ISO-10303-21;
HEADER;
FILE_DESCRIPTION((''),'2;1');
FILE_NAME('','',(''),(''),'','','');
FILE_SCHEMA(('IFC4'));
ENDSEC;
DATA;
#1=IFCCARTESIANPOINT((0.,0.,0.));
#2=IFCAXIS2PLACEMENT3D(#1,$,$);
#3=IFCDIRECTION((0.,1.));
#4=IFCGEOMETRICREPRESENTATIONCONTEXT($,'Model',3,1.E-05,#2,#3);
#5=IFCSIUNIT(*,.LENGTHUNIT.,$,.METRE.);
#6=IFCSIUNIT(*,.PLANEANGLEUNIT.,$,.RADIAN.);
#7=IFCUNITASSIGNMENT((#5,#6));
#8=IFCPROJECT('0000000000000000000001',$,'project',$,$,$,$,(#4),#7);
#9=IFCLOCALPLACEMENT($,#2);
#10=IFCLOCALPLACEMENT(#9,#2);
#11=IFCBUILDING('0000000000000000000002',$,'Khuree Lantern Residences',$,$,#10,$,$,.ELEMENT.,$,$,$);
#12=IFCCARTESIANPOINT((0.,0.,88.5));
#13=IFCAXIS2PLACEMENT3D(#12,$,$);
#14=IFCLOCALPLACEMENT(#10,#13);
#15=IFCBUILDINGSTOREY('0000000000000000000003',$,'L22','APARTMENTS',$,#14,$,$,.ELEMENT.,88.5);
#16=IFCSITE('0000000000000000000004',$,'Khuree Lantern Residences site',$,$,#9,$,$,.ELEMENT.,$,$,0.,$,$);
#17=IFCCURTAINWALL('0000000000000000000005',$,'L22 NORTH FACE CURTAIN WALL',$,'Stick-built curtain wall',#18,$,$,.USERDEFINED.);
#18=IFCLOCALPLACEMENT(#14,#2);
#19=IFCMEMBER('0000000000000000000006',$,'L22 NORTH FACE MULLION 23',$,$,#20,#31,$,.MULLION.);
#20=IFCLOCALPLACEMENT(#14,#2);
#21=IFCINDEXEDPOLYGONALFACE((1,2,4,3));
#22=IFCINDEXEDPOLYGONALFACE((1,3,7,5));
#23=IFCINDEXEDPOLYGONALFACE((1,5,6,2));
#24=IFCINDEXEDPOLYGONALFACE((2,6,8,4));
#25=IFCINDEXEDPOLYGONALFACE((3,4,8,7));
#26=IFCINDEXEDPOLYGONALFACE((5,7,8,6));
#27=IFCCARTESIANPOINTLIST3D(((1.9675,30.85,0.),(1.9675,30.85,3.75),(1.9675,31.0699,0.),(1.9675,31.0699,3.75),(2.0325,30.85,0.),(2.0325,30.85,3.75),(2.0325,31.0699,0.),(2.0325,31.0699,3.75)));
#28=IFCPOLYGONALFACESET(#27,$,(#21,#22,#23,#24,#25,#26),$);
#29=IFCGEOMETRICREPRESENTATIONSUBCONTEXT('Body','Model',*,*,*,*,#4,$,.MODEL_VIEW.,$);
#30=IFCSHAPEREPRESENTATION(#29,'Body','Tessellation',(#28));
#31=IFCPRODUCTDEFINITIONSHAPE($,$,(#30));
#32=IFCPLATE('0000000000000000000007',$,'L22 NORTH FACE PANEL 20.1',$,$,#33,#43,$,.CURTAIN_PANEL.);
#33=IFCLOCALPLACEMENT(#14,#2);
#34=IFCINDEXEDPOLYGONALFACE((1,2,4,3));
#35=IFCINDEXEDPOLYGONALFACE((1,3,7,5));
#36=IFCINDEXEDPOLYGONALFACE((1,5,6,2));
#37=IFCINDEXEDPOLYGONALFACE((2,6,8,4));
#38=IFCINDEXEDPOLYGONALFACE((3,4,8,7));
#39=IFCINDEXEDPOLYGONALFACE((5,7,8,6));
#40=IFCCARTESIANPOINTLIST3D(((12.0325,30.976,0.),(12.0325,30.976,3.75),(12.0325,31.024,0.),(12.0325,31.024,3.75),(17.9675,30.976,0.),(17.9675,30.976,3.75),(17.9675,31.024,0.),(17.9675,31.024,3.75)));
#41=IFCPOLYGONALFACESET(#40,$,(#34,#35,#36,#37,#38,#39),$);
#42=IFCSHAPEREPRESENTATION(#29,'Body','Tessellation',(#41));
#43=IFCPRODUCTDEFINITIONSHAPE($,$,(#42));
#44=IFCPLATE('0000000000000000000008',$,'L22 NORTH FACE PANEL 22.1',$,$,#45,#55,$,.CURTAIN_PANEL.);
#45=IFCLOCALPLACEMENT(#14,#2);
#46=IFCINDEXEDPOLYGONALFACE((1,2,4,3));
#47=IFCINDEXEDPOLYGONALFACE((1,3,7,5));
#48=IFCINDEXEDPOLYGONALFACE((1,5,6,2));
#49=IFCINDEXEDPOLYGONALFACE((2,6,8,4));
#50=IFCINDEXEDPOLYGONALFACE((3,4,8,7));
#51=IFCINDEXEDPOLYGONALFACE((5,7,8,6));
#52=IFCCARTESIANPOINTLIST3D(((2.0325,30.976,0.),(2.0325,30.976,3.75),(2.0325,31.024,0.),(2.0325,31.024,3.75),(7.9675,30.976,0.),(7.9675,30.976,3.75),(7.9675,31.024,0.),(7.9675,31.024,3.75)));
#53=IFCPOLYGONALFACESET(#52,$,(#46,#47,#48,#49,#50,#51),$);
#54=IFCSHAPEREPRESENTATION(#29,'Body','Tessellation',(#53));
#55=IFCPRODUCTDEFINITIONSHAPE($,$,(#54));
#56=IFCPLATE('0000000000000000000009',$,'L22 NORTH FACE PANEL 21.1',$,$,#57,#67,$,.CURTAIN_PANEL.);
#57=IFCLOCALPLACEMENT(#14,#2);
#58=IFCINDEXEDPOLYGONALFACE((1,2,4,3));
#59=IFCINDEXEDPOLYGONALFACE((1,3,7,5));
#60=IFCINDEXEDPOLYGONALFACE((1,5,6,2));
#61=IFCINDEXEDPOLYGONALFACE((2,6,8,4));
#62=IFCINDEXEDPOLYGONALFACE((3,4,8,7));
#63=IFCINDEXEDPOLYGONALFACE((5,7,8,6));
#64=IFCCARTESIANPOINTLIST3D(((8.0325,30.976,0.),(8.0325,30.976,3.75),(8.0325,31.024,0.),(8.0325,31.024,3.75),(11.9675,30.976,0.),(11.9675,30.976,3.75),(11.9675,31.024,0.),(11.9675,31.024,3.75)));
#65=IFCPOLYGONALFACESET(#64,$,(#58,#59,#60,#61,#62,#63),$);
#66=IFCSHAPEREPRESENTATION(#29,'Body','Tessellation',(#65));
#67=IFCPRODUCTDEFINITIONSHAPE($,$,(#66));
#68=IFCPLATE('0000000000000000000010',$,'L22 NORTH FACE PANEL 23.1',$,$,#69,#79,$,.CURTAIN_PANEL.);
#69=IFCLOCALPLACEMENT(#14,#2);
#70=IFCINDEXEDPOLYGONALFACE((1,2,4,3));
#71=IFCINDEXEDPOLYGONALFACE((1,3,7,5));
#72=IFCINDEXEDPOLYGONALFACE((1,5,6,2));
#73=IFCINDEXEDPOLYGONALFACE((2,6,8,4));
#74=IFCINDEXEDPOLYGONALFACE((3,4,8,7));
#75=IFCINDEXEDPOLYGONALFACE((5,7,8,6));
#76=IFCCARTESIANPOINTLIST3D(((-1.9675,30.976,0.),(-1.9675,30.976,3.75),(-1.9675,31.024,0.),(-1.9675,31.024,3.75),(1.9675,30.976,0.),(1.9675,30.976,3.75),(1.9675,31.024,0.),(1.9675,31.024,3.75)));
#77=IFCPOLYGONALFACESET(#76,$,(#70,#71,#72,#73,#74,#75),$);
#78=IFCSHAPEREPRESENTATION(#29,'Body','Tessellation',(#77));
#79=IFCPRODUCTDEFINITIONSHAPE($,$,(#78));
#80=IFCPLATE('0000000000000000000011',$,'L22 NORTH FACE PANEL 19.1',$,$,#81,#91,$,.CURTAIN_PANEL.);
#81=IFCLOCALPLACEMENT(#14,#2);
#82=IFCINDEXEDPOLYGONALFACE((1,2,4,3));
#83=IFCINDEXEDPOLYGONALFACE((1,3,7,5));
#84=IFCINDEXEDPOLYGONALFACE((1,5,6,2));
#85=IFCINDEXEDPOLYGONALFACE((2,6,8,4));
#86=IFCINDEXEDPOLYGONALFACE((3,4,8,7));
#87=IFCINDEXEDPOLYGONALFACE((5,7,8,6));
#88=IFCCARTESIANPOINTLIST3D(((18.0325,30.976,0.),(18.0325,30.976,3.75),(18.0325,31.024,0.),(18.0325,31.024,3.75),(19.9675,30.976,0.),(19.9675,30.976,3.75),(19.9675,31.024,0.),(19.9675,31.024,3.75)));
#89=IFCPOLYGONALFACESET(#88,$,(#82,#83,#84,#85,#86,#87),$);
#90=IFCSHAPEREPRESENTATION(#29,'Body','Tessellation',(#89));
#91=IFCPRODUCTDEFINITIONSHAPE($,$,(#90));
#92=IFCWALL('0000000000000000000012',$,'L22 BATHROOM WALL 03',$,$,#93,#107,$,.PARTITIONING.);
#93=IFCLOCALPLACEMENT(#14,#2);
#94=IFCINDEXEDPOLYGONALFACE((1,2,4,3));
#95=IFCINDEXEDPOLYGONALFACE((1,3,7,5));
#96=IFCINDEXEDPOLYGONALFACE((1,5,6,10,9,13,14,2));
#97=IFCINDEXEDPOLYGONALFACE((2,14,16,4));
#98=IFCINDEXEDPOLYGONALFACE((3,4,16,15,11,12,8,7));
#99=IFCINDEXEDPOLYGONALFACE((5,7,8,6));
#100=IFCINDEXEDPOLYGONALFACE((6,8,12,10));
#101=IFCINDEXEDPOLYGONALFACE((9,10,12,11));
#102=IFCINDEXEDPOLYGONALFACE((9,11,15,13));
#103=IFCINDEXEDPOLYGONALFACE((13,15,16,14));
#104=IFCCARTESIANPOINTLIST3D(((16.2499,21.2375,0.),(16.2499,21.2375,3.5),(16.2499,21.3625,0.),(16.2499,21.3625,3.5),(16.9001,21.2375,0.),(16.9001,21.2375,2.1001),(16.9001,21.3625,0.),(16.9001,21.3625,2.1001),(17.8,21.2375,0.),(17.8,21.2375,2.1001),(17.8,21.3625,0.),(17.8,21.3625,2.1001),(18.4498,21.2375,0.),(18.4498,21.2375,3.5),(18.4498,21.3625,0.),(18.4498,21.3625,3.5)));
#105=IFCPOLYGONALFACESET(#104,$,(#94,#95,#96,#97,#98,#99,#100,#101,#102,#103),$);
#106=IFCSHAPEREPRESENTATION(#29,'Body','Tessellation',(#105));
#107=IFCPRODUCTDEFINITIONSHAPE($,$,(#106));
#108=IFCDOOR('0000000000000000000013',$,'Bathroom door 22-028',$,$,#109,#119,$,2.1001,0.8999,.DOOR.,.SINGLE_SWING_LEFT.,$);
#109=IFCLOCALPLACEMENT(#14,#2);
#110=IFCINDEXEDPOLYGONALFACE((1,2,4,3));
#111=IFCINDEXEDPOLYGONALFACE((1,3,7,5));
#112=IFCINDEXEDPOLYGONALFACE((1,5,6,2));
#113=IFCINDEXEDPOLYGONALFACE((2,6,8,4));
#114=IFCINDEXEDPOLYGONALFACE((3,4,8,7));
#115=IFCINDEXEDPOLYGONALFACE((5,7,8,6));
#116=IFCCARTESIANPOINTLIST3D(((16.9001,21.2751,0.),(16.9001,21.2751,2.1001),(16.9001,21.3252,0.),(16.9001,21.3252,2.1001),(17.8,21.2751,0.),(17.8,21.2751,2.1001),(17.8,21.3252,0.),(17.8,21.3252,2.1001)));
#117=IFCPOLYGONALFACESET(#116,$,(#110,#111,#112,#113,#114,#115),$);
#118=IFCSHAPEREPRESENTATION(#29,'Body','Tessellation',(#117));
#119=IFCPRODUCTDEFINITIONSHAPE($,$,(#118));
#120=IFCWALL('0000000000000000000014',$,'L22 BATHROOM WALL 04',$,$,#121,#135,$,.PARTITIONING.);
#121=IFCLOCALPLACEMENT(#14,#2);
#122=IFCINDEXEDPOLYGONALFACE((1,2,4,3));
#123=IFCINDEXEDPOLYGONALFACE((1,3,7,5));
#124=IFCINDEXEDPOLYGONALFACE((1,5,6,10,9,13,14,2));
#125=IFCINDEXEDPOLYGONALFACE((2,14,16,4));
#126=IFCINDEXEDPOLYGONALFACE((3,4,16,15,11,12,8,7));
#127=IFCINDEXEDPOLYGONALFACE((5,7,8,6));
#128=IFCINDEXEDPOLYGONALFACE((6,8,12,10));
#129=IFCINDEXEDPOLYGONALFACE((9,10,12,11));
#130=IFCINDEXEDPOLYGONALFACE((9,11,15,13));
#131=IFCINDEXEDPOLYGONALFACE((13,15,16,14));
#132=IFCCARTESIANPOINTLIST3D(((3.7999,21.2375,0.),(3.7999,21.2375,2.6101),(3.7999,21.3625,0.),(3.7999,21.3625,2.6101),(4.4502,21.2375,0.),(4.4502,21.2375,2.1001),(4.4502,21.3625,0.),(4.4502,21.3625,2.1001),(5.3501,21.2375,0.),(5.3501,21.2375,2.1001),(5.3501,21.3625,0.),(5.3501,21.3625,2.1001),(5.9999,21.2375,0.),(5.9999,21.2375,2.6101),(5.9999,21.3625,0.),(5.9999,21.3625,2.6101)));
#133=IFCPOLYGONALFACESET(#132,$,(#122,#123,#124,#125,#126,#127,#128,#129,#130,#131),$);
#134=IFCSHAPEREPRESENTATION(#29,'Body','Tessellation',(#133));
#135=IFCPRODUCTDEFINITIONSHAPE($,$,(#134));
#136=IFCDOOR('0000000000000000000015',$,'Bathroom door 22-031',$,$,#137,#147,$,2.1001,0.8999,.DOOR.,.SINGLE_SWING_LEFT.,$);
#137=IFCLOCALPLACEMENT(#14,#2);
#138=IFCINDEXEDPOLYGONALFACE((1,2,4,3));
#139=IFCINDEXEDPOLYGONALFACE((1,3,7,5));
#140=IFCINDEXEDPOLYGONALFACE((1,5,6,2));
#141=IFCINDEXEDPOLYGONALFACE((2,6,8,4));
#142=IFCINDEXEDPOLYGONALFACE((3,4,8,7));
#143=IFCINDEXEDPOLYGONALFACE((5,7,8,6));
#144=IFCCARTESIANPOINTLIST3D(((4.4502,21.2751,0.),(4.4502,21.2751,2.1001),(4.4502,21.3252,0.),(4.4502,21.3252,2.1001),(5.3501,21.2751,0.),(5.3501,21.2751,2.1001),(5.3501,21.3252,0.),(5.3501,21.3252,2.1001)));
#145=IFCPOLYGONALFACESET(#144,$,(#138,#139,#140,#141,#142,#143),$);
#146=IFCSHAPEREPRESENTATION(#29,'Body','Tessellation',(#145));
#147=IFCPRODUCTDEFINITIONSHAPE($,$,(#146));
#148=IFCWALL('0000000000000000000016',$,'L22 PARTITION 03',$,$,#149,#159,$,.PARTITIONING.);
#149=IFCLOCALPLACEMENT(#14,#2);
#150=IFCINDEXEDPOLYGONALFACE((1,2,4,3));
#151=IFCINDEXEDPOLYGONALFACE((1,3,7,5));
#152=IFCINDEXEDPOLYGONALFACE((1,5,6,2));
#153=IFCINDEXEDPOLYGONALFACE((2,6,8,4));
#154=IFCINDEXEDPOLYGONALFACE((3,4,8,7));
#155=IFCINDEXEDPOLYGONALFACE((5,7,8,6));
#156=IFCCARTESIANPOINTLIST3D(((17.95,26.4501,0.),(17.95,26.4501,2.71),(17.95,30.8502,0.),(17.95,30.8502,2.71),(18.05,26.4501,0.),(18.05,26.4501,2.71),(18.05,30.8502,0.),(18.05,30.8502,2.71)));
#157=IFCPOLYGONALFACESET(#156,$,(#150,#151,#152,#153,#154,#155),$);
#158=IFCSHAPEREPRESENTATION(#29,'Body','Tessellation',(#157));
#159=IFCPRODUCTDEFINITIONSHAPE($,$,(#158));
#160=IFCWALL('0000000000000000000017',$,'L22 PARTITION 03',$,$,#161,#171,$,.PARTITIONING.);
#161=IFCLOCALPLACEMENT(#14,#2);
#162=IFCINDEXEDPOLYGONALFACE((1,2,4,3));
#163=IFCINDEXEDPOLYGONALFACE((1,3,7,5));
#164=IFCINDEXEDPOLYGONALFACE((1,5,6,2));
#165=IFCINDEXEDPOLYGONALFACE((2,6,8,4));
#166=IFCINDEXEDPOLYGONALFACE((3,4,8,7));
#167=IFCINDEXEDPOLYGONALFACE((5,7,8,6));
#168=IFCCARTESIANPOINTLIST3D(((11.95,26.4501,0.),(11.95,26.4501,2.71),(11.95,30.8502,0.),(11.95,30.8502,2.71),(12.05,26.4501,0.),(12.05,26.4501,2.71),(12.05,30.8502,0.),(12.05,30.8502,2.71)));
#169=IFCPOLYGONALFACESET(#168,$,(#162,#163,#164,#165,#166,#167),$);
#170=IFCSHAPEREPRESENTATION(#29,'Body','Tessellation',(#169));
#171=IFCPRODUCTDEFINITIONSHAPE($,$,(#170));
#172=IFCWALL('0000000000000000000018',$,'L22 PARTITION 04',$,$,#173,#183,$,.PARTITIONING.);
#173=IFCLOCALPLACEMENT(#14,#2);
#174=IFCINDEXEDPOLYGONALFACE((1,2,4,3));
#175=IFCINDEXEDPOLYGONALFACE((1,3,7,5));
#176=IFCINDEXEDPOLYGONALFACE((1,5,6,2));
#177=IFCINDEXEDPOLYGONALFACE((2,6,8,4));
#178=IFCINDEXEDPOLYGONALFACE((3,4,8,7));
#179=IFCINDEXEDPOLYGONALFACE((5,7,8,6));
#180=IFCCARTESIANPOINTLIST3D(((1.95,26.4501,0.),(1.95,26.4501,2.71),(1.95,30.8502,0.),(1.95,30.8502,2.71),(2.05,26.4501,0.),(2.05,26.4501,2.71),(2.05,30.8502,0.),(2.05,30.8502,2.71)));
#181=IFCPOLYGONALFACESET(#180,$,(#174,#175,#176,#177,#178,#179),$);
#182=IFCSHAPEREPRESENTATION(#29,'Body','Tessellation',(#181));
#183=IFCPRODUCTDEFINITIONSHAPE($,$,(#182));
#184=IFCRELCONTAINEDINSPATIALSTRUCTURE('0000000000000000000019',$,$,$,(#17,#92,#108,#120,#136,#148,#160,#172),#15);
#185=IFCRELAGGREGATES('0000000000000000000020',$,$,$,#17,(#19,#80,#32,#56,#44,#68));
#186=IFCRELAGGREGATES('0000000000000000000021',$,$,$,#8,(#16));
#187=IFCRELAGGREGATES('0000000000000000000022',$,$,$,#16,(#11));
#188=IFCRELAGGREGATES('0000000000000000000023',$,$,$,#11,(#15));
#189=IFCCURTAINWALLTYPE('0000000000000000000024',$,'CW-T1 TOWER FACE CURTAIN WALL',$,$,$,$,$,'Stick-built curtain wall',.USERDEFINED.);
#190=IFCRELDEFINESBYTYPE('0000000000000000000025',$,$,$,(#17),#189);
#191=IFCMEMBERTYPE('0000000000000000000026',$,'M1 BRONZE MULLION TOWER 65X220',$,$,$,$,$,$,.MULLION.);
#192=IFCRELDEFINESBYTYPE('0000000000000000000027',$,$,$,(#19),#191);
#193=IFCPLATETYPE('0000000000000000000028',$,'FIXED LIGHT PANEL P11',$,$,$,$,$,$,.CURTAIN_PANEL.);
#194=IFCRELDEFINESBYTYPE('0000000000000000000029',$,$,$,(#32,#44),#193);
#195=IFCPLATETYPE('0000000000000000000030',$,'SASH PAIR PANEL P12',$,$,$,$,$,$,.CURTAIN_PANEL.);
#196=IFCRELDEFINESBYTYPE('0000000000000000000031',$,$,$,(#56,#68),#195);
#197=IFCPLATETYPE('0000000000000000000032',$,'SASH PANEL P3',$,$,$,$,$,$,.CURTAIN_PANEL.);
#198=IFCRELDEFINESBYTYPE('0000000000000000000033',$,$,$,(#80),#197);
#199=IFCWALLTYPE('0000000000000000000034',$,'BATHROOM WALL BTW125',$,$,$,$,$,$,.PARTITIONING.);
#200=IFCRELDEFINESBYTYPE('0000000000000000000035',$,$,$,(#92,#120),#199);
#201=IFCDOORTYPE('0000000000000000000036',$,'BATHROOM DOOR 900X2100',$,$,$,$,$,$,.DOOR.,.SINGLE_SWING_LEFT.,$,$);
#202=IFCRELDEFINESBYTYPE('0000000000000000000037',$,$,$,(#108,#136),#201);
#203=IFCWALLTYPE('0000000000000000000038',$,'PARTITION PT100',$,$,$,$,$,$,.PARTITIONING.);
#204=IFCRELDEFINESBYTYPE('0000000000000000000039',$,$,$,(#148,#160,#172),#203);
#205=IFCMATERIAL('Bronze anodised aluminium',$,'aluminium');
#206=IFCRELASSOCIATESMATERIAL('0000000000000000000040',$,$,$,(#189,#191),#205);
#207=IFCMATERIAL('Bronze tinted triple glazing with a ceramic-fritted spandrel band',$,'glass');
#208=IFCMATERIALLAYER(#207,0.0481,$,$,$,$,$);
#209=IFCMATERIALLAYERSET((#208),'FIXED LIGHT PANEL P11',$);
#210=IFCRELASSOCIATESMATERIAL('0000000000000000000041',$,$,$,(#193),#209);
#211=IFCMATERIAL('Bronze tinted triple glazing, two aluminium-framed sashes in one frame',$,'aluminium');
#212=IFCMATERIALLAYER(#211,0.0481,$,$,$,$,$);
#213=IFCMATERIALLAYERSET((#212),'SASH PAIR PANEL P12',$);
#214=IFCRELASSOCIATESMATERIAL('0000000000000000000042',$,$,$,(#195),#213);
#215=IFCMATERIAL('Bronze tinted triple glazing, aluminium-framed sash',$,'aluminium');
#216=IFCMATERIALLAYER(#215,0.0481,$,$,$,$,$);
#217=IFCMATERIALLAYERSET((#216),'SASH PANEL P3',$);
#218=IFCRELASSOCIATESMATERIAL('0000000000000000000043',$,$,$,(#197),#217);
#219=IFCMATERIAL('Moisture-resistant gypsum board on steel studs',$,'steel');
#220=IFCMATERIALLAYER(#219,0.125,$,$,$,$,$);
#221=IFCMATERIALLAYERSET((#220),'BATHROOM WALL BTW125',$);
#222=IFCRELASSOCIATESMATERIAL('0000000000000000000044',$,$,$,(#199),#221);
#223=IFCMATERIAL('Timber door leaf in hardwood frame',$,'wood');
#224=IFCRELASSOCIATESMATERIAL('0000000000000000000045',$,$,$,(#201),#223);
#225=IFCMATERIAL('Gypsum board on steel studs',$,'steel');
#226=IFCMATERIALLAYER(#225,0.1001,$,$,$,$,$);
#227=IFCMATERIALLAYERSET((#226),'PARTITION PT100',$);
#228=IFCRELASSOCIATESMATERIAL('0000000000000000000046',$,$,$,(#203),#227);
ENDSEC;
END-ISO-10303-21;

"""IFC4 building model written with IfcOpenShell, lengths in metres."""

from ifc_helpers import new_model, si_unit, direction, frame, frame_2d, origin, origin_2d, place, context, subcontext, project, spatial, rectangle, extrude, material, layer, layer_set, material_profile, profile_set, type_object, element, fill, aggregate, save


model = new_model("IFC4")

# Units and contexts
model_context = context("Model", 3, precision=1e-05, world=origin(), true_north=direction((0.0, 1.0)))
body_context = subcontext(model_context, "Body", "Model", "MODEL_VIEW")
ifc_project = project(units=[si_unit("LENGTHUNIT", "METRE"), si_unit("PLANEANGLEUNIT", "RADIAN")], contexts=[model_context])

# Site, building, storey
site_placement = place(None, origin())
site = spatial("IfcSite", under=ifc_project, at=site_placement, Name="Khuree Lantern Residences site", CompositionType="ELEMENT", RefElevation=0.0)
building_placement = place(site_placement, origin())
building = spatial("IfcBuilding", under=site, at=building_placement, Name="Khuree Lantern Residences", CompositionType="ELEMENT")
storey_placement = place(building_placement, frame((0.0, 0.0, 88.5)))
storey = spatial("IfcBuildingStorey", under=building, at=storey_placement, Name="L22", Description="APARTMENTS", CompositionType="ELEMENT", Elevation=88.5)

# Curtain wall
ifc_material_1 = material(Name="Bronze anodised aluminium", Category="aluminium")
curtain_wall_type = type_object("IfcCurtainWallType", Name="CW-T1 TOWER FACE CURTAIN WALL", ElementType="Stick-built curtain wall", PredefinedType="USERDEFINED", material=ifc_material_1)
curtain_wall_placement = place(storey_placement, origin())
curtain_wall = element("IfcCurtainWall", 1, at=curtain_wall_placement, inside=storey, type_object=curtain_wall_type, Name="L22 NORTH FACE CURTAIN WALL", ObjectType="Stick-built curtain wall", PredefinedType="USERDEFINED")

# Member
ifc_material_profile_1 = material_profile(ifc_material_1, rectangle(XDim=0.0649, YDim=0.22, at=origin_2d()), Name="M1 65X220")
ifc_profile_set_1 = profile_set([ifc_material_profile_1], Name="Bronze anodised aluminium")
member_type_1 = type_object("IfcMemberType", Name="M1 BRONZE MULLION TOWER 65X220", PredefinedType="MULLION", material=ifc_profile_set_1)
member_1_placement = place(storey_placement, frame((2.0, 30.96, 0.0), z_axis=(0.0, 0.0, 1.0), x_axis=(-1.0, 0.0, 0.0)))
member_1 = element("IfcMember", 2, at=member_1_placement, type_object=member_type_1, Name="L22 NORTH FACE MULLION 23", PredefinedType="MULLION", context=body_context, shape_type="SweptSolid", body=[
    extrude(rectangle(XDim=0.0649, YDim=0.22, at=origin_2d()), origin(), (0.0, 0.0, 1.0), 3.75),
])

# Plates
ifc_material_2 = material(Name="Bronze tinted triple glazing with a ceramic-fritted spandrel band", Category="glass")
ifc_layer_1 = layer(ifc_material_2, 0.0481)
ifc_layer_set_1 = layer_set([ifc_layer_1], Name="FIXED LIGHT PANEL P11")
plate_type_1 = type_object("IfcPlateType", Name="FIXED LIGHT PANEL P11", PredefinedType="CURTAIN_PANEL", material=ifc_layer_set_1)
plate_1_placement = place(storey_placement, frame((15.0, 31.0, 0.0), z_axis=(0.0, 0.0, 1.0), x_axis=(-1.0, 0.0, 0.0)))
plate_1 = element("IfcPlate", 3, at=plate_1_placement, type_object=plate_type_1, Name="L22 NORTH FACE PANEL 20.1", PredefinedType="CURTAIN_PANEL", context=body_context, shape_type="SweptSolid", body=[
    extrude(rectangle(XDim=5.9351, YDim=0.0481, at=origin_2d()), origin(), (0.0, 0.0, 1.0), 3.75),
])
plate_2_placement = place(storey_placement, frame((5.0, 31.0, 0.0), z_axis=(0.0, 0.0, 1.0), x_axis=(-1.0, 0.0, 0.0)))
plate_2 = element("IfcPlate", 4, at=plate_2_placement, type_object=plate_type_1, Name="L22 NORTH FACE PANEL 22.1", PredefinedType="CURTAIN_PANEL", context=body_context, shape_type="SweptSolid", body=[
    extrude(rectangle(XDim=5.9351, YDim=0.0481, at=origin_2d()), origin(), (0.0, 0.0, 1.0), 3.75),
])
ifc_material_3 = material(Name="Bronze tinted triple glazing, two aluminium-framed sashes in one frame", Category="aluminium")
ifc_layer_2 = layer(ifc_material_3, 0.0481)
ifc_layer_set_2 = layer_set([ifc_layer_2], Name="SASH PAIR PANEL P12")
plate_type_2 = type_object("IfcPlateType", Name="SASH PAIR PANEL P12", PredefinedType="CURTAIN_PANEL", material=ifc_layer_set_2)
plate_3_placement = place(storey_placement, frame((10.0, 31.0, 0.0), z_axis=(0.0, 0.0, 1.0), x_axis=(-1.0, 0.0, 0.0)))
plate_3 = element("IfcPlate", 5, at=plate_3_placement, type_object=plate_type_2, Name="L22 NORTH FACE PANEL 21.1", PredefinedType="CURTAIN_PANEL", context=body_context, shape_type="SweptSolid", body=[
    extrude(rectangle(XDim=3.9351, YDim=0.0481, at=origin_2d()), origin(), (0.0, 0.0, 1.0), 3.75),
])
plate_4_placement = place(storey_placement, frame((0.0, 31.0, 0.0), z_axis=(0.0, 0.0, 1.0), x_axis=(-1.0, 0.0, 0.0)))
plate_4 = element("IfcPlate", 6, at=plate_4_placement, type_object=plate_type_2, Name="L22 NORTH FACE PANEL 23.1", PredefinedType="CURTAIN_PANEL", context=body_context, shape_type="SweptSolid", body=[
    extrude(rectangle(XDim=3.9351, YDim=0.0481, at=origin_2d()), origin(), (0.0, 0.0, 1.0), 3.75),
])
ifc_material_4 = material(Name="Bronze tinted triple glazing, aluminium-framed sash", Category="aluminium")
ifc_layer_3 = layer(ifc_material_4, 0.0481)
ifc_layer_set_3 = layer_set([ifc_layer_3], Name="SASH PANEL P3")
plate_type_3 = type_object("IfcPlateType", Name="SASH PANEL P3", PredefinedType="CURTAIN_PANEL", material=ifc_layer_set_3)
plate_5_placement = place(storey_placement, frame((19.0, 31.0, 0.0), z_axis=(0.0, 0.0, 1.0), x_axis=(-1.0, 0.0, 0.0)))
plate_5 = element("IfcPlate", 7, at=plate_5_placement, type_object=plate_type_3, Name="L22 NORTH FACE PANEL 19.1", PredefinedType="CURTAIN_PANEL", context=body_context, shape_type="SweptSolid", body=[
    extrude(rectangle(XDim=1.9351, YDim=0.0481, at=origin_2d()), origin(), (0.0, 0.0, 1.0), 3.75),
])
aggregate(curtain_wall, [member_1, plate_5, plate_1, plate_3, plate_2, plate_4])

# Walls, openings, doors
ifc_material_5 = material(Name="Moisture-resistant gypsum board on steel studs", Category="steel")
ifc_layer_4 = layer(ifc_material_5, 0.125)
ifc_layer_set_4 = layer_set([ifc_layer_4], Name="BATHROOM WALL BTW125")
wall_type_1 = type_object("IfcWallType", Name="BATHROOM WALL BTW125", PredefinedType="PARTITIONING", material=ifc_layer_set_4)
wall_1_placement = place(storey_placement, frame((18.45, 21.3, 0.0), z_axis=(0.0, 0.0, 1.0), x_axis=(-1.0, 0.0, 0.0)))
wall_1 = element("IfcWall", 8, at=wall_1_placement, inside=storey, type_object=wall_type_1, Name="L22 BATHROOM WALL 03", PredefinedType="PARTITIONING", context=body_context, shape_type="SweptSolid", body=[
    extrude(rectangle(XDim=2.2, YDim=0.125, at=frame_2d((1.1001, 0.0))), origin(), (0.0, 0.0, 1.0), 3.5),
])
opening_1_placement = place(wall_1_placement, frame((0.6499, 0.0, 0.0)))
opening_1 = element("IfcOpeningElement", 9, at=opening_1_placement, cuts=wall_1, PredefinedType="OPENING", context=body_context, shape_type="SweptSolid", body=[
    extrude(rectangle(XDim=0.8999, YDim=2.1001, at=frame_2d((0.45, 1.05))), frame((0.0, 0.0725, 0.0), z_axis=(0.0, -1.0, 0.0), x_axis=(1.0, 0.0, 0.0)), (0.0, 0.0, 1.0), 0.145),
])
ifc_material_6 = material(Name="Timber door leaf in hardwood frame", Category="wood")
door_type_1 = type_object("IfcDoorType", Name="BATHROOM DOOR 900X2100", OperationType="SINGLE_SWING_LEFT", PredefinedType="DOOR", material=ifc_material_6)
door_1_placement = place(opening_1_placement, origin())
door_1 = element("IfcDoor", 10, at=door_1_placement, inside=storey, type_object=door_type_1, Name="Bathroom door 22-028", OperationType="SINGLE_SWING_LEFT", OverallHeight=2.1001, OverallWidth=0.8999, PredefinedType="DOOR", context=body_context, shape_type="SweptSolid", body=[
    extrude(rectangle(XDim=0.8999, YDim=2.1001, at=frame_2d((0.45, 1.05))), frame((0.0, 0.0249, 0.0), z_axis=(0.0, -1.0, 0.0), x_axis=(1.0, 0.0, 0.0)), (0.0, 0.0, 1.0), 0.05),
])
fill(opening_1, door_1)
wall_2_placement = place(storey_placement, frame((6.0, 21.3, 0.0), z_axis=(0.0, 0.0, 1.0), x_axis=(-1.0, 0.0, 0.0)))
wall_2 = element("IfcWall", 11, at=wall_2_placement, inside=storey, type_object=wall_type_1, Name="L22 BATHROOM WALL 04", PredefinedType="PARTITIONING", context=body_context, shape_type="SweptSolid", body=[
    extrude(rectangle(XDim=2.2, YDim=0.125, at=frame_2d((1.1001, 0.0))), origin(), (0.0, 0.0, 1.0), 2.6101),
])
opening_2_placement = place(wall_2_placement, frame((0.6499, 0.0, 0.0)))
opening_2 = element("IfcOpeningElement", 12, at=opening_2_placement, cuts=wall_2, PredefinedType="OPENING", context=body_context, shape_type="SweptSolid", body=[
    extrude(rectangle(XDim=0.8999, YDim=2.1001, at=frame_2d((0.45, 1.05))), frame((0.0, 0.0725, 0.0), z_axis=(0.0, -1.0, 0.0), x_axis=(1.0, 0.0, 0.0)), (0.0, 0.0, 1.0), 0.145),
])
door_2_placement = place(opening_2_placement, origin())
door_2 = element("IfcDoor", 13, at=door_2_placement, inside=storey, type_object=door_type_1, Name="Bathroom door 22-031", OperationType="SINGLE_SWING_LEFT", OverallHeight=2.1001, OverallWidth=0.8999, PredefinedType="DOOR", context=body_context, shape_type="SweptSolid", body=[
    extrude(rectangle(XDim=0.8999, YDim=2.1001, at=frame_2d((0.45, 1.05))), frame((0.0, 0.0249, 0.0), z_axis=(0.0, -1.0, 0.0), x_axis=(1.0, 0.0, 0.0)), (0.0, 0.0, 1.0), 0.05),
])
fill(opening_2, door_2)

# Walls
ifc_material_7 = material(Name="Gypsum board on steel studs", Category="steel")
ifc_layer_5 = layer(ifc_material_7, 0.1001)
ifc_layer_set_5 = layer_set([ifc_layer_5], Name="PARTITION PT100")
wall_type_2 = type_object("IfcWallType", Name="PARTITION PT100", PredefinedType="PARTITIONING", material=ifc_layer_set_5)
for number, where, z_axis, x_axis, name in (
    (14, (18.0, 26.45, 0.0), (0.0, 0.0, 1.0), (0.0, 1.0, 0.0), "L22 PARTITION 03"),
    (15, (12.0, 26.45, 0.0), (0.0, 0.0, 1.0), (0.0, 1.0, 0.0), "L22 PARTITION 03"),
    (16, (2.0, 26.45, 0.0), (0.0, 0.0, 1.0), (0.0, 1.0, 0.0), "L22 PARTITION 04"),
):
    element("IfcWall", number, at=place(storey_placement, frame(where, z_axis=z_axis, x_axis=x_axis)), inside=storey, type_object=wall_type_2, Name=name, PredefinedType="PARTITIONING", context=body_context, shape_type="SweptSolid", body=[
        extrude(rectangle(XDim=4.4001, YDim=0.1001, at=frame_2d((2.2002, 0.0))), origin(), (0.0, 0.0, 1.0), 2.71),
    ])

save(model, "model.ifc")
